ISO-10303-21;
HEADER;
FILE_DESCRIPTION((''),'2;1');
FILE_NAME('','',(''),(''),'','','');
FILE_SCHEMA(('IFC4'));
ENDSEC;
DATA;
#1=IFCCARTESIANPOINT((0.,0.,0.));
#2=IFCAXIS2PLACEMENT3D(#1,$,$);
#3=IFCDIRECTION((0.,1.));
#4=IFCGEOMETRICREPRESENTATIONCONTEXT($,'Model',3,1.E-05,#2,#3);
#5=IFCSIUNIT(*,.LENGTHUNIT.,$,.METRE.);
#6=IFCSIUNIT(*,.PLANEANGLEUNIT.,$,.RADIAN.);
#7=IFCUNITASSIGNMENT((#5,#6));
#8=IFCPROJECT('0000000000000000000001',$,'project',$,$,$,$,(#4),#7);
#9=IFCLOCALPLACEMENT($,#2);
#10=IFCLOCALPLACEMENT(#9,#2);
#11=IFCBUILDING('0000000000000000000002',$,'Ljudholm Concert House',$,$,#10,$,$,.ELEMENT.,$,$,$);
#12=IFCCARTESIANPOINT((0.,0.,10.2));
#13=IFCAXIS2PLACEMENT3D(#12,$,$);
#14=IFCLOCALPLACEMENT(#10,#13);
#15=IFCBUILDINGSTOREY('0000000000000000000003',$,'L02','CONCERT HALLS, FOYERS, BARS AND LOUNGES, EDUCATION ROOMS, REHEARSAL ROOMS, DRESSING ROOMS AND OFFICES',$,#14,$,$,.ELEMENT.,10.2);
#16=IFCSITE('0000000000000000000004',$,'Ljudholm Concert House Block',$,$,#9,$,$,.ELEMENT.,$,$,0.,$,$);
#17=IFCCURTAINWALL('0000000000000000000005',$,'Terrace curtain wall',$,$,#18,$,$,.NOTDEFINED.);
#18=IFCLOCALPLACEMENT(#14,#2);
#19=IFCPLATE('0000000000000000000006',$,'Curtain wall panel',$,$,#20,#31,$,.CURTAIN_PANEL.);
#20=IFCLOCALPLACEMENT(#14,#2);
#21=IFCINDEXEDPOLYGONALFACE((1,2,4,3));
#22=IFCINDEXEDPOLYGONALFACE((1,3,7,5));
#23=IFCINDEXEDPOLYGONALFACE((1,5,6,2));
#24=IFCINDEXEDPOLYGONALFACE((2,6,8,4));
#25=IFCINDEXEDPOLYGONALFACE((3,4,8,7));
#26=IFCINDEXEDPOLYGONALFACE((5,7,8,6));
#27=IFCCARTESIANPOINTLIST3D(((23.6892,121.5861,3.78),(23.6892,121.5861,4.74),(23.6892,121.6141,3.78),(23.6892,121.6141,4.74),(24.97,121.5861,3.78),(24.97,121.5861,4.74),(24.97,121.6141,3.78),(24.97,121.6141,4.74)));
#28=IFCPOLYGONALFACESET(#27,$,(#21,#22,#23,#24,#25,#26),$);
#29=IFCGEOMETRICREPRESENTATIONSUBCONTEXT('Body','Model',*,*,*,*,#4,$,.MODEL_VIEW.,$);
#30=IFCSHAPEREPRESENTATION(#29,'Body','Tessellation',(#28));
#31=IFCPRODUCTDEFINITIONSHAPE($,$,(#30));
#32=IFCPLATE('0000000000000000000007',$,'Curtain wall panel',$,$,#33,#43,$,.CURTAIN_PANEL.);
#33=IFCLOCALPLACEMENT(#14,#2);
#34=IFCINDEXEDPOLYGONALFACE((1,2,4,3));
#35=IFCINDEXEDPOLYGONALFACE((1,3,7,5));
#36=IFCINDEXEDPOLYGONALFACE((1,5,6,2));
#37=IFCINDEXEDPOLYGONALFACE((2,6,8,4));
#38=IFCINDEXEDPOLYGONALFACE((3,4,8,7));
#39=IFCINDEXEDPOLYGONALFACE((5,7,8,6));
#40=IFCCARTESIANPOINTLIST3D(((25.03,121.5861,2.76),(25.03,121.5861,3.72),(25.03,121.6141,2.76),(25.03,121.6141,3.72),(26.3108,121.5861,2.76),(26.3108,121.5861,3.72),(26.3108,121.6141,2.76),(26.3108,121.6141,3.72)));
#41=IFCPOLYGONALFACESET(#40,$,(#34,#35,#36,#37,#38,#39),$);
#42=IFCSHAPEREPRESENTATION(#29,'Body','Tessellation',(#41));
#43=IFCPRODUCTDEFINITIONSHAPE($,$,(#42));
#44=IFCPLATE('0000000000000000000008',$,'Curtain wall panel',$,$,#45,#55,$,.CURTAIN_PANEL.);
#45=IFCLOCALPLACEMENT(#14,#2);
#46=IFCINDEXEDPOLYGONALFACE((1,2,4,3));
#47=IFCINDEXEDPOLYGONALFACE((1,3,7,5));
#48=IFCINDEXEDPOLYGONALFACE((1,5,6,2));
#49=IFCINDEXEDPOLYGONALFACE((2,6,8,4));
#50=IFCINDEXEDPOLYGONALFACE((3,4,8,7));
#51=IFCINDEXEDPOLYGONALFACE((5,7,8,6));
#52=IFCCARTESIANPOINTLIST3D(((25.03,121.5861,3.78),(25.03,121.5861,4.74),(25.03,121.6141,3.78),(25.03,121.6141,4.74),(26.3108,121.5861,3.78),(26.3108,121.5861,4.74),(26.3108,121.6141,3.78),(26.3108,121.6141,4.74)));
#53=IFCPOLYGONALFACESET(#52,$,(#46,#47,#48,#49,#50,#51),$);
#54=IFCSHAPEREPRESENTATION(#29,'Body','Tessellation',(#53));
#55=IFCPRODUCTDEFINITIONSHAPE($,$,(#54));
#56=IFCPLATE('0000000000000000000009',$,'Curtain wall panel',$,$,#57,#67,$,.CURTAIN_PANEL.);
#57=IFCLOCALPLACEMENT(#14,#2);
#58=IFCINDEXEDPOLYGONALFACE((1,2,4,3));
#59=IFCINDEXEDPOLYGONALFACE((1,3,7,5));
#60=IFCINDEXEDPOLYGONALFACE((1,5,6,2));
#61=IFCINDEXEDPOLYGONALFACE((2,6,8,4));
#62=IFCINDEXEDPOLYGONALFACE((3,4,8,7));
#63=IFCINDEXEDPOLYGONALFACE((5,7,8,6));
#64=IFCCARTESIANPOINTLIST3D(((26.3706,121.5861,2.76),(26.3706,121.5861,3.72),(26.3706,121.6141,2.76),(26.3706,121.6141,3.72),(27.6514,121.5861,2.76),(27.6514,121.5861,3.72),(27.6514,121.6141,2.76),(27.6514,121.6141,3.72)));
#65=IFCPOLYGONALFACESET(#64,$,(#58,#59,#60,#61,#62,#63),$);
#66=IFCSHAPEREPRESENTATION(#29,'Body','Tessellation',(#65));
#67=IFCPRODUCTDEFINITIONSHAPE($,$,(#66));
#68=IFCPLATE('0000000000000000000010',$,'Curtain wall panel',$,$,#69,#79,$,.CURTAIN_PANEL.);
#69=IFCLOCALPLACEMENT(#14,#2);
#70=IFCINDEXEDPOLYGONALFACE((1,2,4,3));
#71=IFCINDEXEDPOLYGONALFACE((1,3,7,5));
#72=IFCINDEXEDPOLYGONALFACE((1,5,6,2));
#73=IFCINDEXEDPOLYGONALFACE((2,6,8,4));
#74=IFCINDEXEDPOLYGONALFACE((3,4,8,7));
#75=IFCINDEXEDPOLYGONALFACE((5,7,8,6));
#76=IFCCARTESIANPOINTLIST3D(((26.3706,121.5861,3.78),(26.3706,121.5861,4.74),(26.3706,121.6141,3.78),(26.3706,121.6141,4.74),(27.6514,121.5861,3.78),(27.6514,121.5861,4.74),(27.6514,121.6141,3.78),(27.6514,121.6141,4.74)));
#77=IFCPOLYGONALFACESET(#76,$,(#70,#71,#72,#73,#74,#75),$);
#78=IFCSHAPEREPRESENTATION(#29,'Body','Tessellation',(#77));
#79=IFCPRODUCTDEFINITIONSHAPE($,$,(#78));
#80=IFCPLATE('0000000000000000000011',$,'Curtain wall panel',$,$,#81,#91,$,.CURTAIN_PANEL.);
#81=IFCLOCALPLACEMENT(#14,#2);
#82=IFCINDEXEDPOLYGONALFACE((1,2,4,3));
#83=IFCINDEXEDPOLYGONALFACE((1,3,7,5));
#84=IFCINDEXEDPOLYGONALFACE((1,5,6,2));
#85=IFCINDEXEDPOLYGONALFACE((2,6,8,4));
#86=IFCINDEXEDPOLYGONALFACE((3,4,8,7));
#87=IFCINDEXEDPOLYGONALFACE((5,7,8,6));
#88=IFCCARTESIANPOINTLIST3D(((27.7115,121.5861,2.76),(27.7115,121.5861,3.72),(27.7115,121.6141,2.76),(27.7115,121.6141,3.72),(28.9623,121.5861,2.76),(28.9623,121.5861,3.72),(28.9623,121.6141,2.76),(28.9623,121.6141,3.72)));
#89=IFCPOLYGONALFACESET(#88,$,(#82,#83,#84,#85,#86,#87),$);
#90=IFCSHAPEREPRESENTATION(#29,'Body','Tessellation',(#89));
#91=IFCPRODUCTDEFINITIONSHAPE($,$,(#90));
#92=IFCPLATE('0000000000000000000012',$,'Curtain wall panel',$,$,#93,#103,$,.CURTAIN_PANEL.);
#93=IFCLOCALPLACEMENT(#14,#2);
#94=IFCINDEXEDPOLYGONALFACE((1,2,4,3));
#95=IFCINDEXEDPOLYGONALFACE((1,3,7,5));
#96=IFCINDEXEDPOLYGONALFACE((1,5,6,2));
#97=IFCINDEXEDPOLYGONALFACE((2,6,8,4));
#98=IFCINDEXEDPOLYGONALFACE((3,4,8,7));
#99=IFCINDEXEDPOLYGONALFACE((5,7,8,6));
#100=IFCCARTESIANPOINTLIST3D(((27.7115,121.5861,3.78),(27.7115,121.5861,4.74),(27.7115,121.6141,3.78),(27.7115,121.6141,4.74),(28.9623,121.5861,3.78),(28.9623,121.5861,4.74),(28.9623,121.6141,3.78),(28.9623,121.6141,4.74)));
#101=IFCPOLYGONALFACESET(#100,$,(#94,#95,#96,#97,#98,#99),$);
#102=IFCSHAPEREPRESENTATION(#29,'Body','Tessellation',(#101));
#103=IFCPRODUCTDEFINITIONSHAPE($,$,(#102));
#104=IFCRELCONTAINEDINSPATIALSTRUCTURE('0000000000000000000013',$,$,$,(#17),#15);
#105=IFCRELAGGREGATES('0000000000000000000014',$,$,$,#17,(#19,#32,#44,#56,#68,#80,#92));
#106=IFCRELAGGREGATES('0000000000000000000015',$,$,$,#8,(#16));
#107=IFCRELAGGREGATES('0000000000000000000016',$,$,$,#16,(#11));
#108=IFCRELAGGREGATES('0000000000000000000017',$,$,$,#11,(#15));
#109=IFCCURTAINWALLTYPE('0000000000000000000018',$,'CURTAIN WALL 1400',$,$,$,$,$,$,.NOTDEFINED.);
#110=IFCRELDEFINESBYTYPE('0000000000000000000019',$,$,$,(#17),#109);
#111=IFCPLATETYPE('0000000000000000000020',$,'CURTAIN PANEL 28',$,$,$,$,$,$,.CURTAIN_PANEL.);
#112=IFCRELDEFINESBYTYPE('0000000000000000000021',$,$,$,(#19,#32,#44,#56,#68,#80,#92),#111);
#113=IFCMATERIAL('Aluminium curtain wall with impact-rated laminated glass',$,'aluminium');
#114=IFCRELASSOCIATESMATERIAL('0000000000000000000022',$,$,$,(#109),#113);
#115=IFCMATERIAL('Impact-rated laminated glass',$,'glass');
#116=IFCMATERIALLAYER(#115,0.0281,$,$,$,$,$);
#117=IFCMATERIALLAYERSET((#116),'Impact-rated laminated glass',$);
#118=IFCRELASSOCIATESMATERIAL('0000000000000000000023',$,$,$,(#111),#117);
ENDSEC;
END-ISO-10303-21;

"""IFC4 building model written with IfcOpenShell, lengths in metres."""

from ifc_helpers import new_model, si_unit, direction, frame, origin, origin_2d, place, context, subcontext, project, spatial, rectangle, extrude, material, layer, layer_set, type_object, element, aggregate, save


model = new_model("IFC4")

# Units and contexts
model_context = context("Model", 3, precision=1e-05, world=origin(), true_north=direction((0.0, 1.0)))
body_context = subcontext(model_context, "Body", "Model", "MODEL_VIEW")
ifc_project = project(units=[si_unit("LENGTHUNIT", "METRE"), si_unit("PLANEANGLEUNIT", "RADIAN")], contexts=[model_context])

# Site, building, storey
site_placement = place(None, origin())
site = spatial("IfcSite", under=ifc_project, at=site_placement, Name="Ljudholm Concert House Block", CompositionType="ELEMENT", RefElevation=0.0)
building_placement = place(site_placement, origin())
building = spatial("IfcBuilding", under=site, at=building_placement, Name="Ljudholm Concert House", CompositionType="ELEMENT")
storey_placement = place(building_placement, frame((0.0, 0.0, 10.2)))
storey = spatial("IfcBuildingStorey", under=building, at=storey_placement, Name="L02", Description="CONCERT HALLS, FOYERS, BARS AND LOUNGES, EDUCATION ROOMS, REHEARSAL ROOMS, DRESSING ROOMS AND OFFICES", CompositionType="ELEMENT", Elevation=10.2)

# Curtain wall
ifc_material_1 = material(Name="Aluminium curtain wall with impact-rated laminated glass", Category="aluminium")
curtain_wall_type = type_object("IfcCurtainWallType", Name="CURTAIN WALL 1400", PredefinedType="NOTDEFINED", material=ifc_material_1)
curtain_wall_placement = place(storey_placement, origin())
curtain_wall = element("IfcCurtainWall", 1, at=curtain_wall_placement, inside=storey, type_object=curtain_wall_type, Name="Terrace curtain wall", PredefinedType="NOTDEFINED")

# Plates
ifc_material_2 = material(Name="Impact-rated laminated glass", Category="glass")
ifc_layer = layer(ifc_material_2, 0.0281)
ifc_layer_set = layer_set([ifc_layer], Name="Impact-rated laminated glass")
plate_type = type_object("IfcPlateType", Name="CURTAIN PANEL 28", PredefinedType="CURTAIN_PANEL", material=ifc_layer_set)
plate_1_placement = place(storey_placement, frame((24.3296, 121.6001, 3.78), z_axis=(0.0, 0.0, 1.0), x_axis=(1.0, 0.0, 0.0)))
plate_1 = element("IfcPlate", 2, at=plate_1_placement, type_object=plate_type, Name="Curtain wall panel", PredefinedType="CURTAIN_PANEL", context=body_context, shape_type="SweptSolid", body=[
    extrude(rectangle(XDim=1.2808, YDim=0.0281, at=origin_2d()), origin(), (0.0, 0.0, 1.0), 0.96),
])
plate_2_placement = place(storey_placement, frame((25.6704, 121.6001, 2.76), z_axis=(0.0, 0.0, 1.0), x_axis=(1.0, 0.0, 0.0)))
plate_2 = element("IfcPlate", 3, at=plate_2_placement, type_object=plate_type, Name="Curtain wall panel", PredefinedType="CURTAIN_PANEL", context=body_context, shape_type="SweptSolid", body=[
    extrude(rectangle(XDim=1.2808, YDim=0.0281, at=origin_2d()), origin(), (0.0, 0.0, 1.0), 0.96),
])
plate_3_placement = place(storey_placement, frame((25.6704, 121.6001, 3.78), z_axis=(0.0, 0.0, 1.0), x_axis=(1.0, 0.0, 0.0)))
plate_3 = element("IfcPlate", 4, at=plate_3_placement, type_object=plate_type, Name="Curtain wall panel", PredefinedType="CURTAIN_PANEL", context=body_context, shape_type="SweptSolid", body=[
    extrude(rectangle(XDim=1.2808, YDim=0.0281, at=origin_2d()), origin(), (0.0, 0.0, 1.0), 0.96),
])
plate_4_placement = place(storey_placement, frame((27.011, 121.6001, 2.76), z_axis=(0.0, 0.0, 1.0), x_axis=(1.0, 0.0, 0.0)))
plate_4 = element("IfcPlate", 5, at=plate_4_placement, type_object=plate_type, Name="Curtain wall panel", PredefinedType="CURTAIN_PANEL", context=body_context, shape_type="SweptSolid", body=[
    extrude(rectangle(XDim=1.2808, YDim=0.0281, at=origin_2d()), origin(), (0.0, 0.0, 1.0), 0.96),
])
plate_5_placement = place(storey_placement, frame((27.011, 121.6001, 3.78), z_axis=(0.0, 0.0, 1.0), x_axis=(1.0, 0.0, 0.0)))
plate_5 = element("IfcPlate", 6, at=plate_5_placement, type_object=plate_type, Name="Curtain wall panel", PredefinedType="CURTAIN_PANEL", context=body_context, shape_type="SweptSolid", body=[
    extrude(rectangle(XDim=1.2808, YDim=0.0281, at=origin_2d()), origin(), (0.0, 0.0, 1.0), 0.96),
])
plate_6_placement = place(storey_placement, frame((28.3369, 121.6001, 2.76), z_axis=(0.0, 0.0, 1.0), x_axis=(1.0, 0.0, 0.0)))
plate_6 = element("IfcPlate", 7, at=plate_6_placement, type_object=plate_type, Name="Curtain wall panel", PredefinedType="CURTAIN_PANEL", context=body_context, shape_type="SweptSolid", body=[
    extrude(rectangle(XDim=1.2507, YDim=0.0281, at=origin_2d()), origin(), (0.0, 0.0, 1.0), 0.96),
])
plate_7_placement = place(storey_placement, frame((28.3369, 121.6001, 3.78), z_axis=(0.0, 0.0, 1.0), x_axis=(1.0, 0.0, 0.0)))
plate_7 = element("IfcPlate", 8, at=plate_7_placement, type_object=plate_type, Name="Curtain wall panel", PredefinedType="CURTAIN_PANEL", context=body_context, shape_type="SweptSolid", body=[
    extrude(rectangle(XDim=1.2507, YDim=0.0281, at=origin_2d()), origin(), (0.0, 0.0, 1.0), 0.96),
])
aggregate(curtain_wall, [plate_1, plate_2, plate_3, plate_4, plate_5, plate_6, plate_7])

save(model, "model.ifc")
